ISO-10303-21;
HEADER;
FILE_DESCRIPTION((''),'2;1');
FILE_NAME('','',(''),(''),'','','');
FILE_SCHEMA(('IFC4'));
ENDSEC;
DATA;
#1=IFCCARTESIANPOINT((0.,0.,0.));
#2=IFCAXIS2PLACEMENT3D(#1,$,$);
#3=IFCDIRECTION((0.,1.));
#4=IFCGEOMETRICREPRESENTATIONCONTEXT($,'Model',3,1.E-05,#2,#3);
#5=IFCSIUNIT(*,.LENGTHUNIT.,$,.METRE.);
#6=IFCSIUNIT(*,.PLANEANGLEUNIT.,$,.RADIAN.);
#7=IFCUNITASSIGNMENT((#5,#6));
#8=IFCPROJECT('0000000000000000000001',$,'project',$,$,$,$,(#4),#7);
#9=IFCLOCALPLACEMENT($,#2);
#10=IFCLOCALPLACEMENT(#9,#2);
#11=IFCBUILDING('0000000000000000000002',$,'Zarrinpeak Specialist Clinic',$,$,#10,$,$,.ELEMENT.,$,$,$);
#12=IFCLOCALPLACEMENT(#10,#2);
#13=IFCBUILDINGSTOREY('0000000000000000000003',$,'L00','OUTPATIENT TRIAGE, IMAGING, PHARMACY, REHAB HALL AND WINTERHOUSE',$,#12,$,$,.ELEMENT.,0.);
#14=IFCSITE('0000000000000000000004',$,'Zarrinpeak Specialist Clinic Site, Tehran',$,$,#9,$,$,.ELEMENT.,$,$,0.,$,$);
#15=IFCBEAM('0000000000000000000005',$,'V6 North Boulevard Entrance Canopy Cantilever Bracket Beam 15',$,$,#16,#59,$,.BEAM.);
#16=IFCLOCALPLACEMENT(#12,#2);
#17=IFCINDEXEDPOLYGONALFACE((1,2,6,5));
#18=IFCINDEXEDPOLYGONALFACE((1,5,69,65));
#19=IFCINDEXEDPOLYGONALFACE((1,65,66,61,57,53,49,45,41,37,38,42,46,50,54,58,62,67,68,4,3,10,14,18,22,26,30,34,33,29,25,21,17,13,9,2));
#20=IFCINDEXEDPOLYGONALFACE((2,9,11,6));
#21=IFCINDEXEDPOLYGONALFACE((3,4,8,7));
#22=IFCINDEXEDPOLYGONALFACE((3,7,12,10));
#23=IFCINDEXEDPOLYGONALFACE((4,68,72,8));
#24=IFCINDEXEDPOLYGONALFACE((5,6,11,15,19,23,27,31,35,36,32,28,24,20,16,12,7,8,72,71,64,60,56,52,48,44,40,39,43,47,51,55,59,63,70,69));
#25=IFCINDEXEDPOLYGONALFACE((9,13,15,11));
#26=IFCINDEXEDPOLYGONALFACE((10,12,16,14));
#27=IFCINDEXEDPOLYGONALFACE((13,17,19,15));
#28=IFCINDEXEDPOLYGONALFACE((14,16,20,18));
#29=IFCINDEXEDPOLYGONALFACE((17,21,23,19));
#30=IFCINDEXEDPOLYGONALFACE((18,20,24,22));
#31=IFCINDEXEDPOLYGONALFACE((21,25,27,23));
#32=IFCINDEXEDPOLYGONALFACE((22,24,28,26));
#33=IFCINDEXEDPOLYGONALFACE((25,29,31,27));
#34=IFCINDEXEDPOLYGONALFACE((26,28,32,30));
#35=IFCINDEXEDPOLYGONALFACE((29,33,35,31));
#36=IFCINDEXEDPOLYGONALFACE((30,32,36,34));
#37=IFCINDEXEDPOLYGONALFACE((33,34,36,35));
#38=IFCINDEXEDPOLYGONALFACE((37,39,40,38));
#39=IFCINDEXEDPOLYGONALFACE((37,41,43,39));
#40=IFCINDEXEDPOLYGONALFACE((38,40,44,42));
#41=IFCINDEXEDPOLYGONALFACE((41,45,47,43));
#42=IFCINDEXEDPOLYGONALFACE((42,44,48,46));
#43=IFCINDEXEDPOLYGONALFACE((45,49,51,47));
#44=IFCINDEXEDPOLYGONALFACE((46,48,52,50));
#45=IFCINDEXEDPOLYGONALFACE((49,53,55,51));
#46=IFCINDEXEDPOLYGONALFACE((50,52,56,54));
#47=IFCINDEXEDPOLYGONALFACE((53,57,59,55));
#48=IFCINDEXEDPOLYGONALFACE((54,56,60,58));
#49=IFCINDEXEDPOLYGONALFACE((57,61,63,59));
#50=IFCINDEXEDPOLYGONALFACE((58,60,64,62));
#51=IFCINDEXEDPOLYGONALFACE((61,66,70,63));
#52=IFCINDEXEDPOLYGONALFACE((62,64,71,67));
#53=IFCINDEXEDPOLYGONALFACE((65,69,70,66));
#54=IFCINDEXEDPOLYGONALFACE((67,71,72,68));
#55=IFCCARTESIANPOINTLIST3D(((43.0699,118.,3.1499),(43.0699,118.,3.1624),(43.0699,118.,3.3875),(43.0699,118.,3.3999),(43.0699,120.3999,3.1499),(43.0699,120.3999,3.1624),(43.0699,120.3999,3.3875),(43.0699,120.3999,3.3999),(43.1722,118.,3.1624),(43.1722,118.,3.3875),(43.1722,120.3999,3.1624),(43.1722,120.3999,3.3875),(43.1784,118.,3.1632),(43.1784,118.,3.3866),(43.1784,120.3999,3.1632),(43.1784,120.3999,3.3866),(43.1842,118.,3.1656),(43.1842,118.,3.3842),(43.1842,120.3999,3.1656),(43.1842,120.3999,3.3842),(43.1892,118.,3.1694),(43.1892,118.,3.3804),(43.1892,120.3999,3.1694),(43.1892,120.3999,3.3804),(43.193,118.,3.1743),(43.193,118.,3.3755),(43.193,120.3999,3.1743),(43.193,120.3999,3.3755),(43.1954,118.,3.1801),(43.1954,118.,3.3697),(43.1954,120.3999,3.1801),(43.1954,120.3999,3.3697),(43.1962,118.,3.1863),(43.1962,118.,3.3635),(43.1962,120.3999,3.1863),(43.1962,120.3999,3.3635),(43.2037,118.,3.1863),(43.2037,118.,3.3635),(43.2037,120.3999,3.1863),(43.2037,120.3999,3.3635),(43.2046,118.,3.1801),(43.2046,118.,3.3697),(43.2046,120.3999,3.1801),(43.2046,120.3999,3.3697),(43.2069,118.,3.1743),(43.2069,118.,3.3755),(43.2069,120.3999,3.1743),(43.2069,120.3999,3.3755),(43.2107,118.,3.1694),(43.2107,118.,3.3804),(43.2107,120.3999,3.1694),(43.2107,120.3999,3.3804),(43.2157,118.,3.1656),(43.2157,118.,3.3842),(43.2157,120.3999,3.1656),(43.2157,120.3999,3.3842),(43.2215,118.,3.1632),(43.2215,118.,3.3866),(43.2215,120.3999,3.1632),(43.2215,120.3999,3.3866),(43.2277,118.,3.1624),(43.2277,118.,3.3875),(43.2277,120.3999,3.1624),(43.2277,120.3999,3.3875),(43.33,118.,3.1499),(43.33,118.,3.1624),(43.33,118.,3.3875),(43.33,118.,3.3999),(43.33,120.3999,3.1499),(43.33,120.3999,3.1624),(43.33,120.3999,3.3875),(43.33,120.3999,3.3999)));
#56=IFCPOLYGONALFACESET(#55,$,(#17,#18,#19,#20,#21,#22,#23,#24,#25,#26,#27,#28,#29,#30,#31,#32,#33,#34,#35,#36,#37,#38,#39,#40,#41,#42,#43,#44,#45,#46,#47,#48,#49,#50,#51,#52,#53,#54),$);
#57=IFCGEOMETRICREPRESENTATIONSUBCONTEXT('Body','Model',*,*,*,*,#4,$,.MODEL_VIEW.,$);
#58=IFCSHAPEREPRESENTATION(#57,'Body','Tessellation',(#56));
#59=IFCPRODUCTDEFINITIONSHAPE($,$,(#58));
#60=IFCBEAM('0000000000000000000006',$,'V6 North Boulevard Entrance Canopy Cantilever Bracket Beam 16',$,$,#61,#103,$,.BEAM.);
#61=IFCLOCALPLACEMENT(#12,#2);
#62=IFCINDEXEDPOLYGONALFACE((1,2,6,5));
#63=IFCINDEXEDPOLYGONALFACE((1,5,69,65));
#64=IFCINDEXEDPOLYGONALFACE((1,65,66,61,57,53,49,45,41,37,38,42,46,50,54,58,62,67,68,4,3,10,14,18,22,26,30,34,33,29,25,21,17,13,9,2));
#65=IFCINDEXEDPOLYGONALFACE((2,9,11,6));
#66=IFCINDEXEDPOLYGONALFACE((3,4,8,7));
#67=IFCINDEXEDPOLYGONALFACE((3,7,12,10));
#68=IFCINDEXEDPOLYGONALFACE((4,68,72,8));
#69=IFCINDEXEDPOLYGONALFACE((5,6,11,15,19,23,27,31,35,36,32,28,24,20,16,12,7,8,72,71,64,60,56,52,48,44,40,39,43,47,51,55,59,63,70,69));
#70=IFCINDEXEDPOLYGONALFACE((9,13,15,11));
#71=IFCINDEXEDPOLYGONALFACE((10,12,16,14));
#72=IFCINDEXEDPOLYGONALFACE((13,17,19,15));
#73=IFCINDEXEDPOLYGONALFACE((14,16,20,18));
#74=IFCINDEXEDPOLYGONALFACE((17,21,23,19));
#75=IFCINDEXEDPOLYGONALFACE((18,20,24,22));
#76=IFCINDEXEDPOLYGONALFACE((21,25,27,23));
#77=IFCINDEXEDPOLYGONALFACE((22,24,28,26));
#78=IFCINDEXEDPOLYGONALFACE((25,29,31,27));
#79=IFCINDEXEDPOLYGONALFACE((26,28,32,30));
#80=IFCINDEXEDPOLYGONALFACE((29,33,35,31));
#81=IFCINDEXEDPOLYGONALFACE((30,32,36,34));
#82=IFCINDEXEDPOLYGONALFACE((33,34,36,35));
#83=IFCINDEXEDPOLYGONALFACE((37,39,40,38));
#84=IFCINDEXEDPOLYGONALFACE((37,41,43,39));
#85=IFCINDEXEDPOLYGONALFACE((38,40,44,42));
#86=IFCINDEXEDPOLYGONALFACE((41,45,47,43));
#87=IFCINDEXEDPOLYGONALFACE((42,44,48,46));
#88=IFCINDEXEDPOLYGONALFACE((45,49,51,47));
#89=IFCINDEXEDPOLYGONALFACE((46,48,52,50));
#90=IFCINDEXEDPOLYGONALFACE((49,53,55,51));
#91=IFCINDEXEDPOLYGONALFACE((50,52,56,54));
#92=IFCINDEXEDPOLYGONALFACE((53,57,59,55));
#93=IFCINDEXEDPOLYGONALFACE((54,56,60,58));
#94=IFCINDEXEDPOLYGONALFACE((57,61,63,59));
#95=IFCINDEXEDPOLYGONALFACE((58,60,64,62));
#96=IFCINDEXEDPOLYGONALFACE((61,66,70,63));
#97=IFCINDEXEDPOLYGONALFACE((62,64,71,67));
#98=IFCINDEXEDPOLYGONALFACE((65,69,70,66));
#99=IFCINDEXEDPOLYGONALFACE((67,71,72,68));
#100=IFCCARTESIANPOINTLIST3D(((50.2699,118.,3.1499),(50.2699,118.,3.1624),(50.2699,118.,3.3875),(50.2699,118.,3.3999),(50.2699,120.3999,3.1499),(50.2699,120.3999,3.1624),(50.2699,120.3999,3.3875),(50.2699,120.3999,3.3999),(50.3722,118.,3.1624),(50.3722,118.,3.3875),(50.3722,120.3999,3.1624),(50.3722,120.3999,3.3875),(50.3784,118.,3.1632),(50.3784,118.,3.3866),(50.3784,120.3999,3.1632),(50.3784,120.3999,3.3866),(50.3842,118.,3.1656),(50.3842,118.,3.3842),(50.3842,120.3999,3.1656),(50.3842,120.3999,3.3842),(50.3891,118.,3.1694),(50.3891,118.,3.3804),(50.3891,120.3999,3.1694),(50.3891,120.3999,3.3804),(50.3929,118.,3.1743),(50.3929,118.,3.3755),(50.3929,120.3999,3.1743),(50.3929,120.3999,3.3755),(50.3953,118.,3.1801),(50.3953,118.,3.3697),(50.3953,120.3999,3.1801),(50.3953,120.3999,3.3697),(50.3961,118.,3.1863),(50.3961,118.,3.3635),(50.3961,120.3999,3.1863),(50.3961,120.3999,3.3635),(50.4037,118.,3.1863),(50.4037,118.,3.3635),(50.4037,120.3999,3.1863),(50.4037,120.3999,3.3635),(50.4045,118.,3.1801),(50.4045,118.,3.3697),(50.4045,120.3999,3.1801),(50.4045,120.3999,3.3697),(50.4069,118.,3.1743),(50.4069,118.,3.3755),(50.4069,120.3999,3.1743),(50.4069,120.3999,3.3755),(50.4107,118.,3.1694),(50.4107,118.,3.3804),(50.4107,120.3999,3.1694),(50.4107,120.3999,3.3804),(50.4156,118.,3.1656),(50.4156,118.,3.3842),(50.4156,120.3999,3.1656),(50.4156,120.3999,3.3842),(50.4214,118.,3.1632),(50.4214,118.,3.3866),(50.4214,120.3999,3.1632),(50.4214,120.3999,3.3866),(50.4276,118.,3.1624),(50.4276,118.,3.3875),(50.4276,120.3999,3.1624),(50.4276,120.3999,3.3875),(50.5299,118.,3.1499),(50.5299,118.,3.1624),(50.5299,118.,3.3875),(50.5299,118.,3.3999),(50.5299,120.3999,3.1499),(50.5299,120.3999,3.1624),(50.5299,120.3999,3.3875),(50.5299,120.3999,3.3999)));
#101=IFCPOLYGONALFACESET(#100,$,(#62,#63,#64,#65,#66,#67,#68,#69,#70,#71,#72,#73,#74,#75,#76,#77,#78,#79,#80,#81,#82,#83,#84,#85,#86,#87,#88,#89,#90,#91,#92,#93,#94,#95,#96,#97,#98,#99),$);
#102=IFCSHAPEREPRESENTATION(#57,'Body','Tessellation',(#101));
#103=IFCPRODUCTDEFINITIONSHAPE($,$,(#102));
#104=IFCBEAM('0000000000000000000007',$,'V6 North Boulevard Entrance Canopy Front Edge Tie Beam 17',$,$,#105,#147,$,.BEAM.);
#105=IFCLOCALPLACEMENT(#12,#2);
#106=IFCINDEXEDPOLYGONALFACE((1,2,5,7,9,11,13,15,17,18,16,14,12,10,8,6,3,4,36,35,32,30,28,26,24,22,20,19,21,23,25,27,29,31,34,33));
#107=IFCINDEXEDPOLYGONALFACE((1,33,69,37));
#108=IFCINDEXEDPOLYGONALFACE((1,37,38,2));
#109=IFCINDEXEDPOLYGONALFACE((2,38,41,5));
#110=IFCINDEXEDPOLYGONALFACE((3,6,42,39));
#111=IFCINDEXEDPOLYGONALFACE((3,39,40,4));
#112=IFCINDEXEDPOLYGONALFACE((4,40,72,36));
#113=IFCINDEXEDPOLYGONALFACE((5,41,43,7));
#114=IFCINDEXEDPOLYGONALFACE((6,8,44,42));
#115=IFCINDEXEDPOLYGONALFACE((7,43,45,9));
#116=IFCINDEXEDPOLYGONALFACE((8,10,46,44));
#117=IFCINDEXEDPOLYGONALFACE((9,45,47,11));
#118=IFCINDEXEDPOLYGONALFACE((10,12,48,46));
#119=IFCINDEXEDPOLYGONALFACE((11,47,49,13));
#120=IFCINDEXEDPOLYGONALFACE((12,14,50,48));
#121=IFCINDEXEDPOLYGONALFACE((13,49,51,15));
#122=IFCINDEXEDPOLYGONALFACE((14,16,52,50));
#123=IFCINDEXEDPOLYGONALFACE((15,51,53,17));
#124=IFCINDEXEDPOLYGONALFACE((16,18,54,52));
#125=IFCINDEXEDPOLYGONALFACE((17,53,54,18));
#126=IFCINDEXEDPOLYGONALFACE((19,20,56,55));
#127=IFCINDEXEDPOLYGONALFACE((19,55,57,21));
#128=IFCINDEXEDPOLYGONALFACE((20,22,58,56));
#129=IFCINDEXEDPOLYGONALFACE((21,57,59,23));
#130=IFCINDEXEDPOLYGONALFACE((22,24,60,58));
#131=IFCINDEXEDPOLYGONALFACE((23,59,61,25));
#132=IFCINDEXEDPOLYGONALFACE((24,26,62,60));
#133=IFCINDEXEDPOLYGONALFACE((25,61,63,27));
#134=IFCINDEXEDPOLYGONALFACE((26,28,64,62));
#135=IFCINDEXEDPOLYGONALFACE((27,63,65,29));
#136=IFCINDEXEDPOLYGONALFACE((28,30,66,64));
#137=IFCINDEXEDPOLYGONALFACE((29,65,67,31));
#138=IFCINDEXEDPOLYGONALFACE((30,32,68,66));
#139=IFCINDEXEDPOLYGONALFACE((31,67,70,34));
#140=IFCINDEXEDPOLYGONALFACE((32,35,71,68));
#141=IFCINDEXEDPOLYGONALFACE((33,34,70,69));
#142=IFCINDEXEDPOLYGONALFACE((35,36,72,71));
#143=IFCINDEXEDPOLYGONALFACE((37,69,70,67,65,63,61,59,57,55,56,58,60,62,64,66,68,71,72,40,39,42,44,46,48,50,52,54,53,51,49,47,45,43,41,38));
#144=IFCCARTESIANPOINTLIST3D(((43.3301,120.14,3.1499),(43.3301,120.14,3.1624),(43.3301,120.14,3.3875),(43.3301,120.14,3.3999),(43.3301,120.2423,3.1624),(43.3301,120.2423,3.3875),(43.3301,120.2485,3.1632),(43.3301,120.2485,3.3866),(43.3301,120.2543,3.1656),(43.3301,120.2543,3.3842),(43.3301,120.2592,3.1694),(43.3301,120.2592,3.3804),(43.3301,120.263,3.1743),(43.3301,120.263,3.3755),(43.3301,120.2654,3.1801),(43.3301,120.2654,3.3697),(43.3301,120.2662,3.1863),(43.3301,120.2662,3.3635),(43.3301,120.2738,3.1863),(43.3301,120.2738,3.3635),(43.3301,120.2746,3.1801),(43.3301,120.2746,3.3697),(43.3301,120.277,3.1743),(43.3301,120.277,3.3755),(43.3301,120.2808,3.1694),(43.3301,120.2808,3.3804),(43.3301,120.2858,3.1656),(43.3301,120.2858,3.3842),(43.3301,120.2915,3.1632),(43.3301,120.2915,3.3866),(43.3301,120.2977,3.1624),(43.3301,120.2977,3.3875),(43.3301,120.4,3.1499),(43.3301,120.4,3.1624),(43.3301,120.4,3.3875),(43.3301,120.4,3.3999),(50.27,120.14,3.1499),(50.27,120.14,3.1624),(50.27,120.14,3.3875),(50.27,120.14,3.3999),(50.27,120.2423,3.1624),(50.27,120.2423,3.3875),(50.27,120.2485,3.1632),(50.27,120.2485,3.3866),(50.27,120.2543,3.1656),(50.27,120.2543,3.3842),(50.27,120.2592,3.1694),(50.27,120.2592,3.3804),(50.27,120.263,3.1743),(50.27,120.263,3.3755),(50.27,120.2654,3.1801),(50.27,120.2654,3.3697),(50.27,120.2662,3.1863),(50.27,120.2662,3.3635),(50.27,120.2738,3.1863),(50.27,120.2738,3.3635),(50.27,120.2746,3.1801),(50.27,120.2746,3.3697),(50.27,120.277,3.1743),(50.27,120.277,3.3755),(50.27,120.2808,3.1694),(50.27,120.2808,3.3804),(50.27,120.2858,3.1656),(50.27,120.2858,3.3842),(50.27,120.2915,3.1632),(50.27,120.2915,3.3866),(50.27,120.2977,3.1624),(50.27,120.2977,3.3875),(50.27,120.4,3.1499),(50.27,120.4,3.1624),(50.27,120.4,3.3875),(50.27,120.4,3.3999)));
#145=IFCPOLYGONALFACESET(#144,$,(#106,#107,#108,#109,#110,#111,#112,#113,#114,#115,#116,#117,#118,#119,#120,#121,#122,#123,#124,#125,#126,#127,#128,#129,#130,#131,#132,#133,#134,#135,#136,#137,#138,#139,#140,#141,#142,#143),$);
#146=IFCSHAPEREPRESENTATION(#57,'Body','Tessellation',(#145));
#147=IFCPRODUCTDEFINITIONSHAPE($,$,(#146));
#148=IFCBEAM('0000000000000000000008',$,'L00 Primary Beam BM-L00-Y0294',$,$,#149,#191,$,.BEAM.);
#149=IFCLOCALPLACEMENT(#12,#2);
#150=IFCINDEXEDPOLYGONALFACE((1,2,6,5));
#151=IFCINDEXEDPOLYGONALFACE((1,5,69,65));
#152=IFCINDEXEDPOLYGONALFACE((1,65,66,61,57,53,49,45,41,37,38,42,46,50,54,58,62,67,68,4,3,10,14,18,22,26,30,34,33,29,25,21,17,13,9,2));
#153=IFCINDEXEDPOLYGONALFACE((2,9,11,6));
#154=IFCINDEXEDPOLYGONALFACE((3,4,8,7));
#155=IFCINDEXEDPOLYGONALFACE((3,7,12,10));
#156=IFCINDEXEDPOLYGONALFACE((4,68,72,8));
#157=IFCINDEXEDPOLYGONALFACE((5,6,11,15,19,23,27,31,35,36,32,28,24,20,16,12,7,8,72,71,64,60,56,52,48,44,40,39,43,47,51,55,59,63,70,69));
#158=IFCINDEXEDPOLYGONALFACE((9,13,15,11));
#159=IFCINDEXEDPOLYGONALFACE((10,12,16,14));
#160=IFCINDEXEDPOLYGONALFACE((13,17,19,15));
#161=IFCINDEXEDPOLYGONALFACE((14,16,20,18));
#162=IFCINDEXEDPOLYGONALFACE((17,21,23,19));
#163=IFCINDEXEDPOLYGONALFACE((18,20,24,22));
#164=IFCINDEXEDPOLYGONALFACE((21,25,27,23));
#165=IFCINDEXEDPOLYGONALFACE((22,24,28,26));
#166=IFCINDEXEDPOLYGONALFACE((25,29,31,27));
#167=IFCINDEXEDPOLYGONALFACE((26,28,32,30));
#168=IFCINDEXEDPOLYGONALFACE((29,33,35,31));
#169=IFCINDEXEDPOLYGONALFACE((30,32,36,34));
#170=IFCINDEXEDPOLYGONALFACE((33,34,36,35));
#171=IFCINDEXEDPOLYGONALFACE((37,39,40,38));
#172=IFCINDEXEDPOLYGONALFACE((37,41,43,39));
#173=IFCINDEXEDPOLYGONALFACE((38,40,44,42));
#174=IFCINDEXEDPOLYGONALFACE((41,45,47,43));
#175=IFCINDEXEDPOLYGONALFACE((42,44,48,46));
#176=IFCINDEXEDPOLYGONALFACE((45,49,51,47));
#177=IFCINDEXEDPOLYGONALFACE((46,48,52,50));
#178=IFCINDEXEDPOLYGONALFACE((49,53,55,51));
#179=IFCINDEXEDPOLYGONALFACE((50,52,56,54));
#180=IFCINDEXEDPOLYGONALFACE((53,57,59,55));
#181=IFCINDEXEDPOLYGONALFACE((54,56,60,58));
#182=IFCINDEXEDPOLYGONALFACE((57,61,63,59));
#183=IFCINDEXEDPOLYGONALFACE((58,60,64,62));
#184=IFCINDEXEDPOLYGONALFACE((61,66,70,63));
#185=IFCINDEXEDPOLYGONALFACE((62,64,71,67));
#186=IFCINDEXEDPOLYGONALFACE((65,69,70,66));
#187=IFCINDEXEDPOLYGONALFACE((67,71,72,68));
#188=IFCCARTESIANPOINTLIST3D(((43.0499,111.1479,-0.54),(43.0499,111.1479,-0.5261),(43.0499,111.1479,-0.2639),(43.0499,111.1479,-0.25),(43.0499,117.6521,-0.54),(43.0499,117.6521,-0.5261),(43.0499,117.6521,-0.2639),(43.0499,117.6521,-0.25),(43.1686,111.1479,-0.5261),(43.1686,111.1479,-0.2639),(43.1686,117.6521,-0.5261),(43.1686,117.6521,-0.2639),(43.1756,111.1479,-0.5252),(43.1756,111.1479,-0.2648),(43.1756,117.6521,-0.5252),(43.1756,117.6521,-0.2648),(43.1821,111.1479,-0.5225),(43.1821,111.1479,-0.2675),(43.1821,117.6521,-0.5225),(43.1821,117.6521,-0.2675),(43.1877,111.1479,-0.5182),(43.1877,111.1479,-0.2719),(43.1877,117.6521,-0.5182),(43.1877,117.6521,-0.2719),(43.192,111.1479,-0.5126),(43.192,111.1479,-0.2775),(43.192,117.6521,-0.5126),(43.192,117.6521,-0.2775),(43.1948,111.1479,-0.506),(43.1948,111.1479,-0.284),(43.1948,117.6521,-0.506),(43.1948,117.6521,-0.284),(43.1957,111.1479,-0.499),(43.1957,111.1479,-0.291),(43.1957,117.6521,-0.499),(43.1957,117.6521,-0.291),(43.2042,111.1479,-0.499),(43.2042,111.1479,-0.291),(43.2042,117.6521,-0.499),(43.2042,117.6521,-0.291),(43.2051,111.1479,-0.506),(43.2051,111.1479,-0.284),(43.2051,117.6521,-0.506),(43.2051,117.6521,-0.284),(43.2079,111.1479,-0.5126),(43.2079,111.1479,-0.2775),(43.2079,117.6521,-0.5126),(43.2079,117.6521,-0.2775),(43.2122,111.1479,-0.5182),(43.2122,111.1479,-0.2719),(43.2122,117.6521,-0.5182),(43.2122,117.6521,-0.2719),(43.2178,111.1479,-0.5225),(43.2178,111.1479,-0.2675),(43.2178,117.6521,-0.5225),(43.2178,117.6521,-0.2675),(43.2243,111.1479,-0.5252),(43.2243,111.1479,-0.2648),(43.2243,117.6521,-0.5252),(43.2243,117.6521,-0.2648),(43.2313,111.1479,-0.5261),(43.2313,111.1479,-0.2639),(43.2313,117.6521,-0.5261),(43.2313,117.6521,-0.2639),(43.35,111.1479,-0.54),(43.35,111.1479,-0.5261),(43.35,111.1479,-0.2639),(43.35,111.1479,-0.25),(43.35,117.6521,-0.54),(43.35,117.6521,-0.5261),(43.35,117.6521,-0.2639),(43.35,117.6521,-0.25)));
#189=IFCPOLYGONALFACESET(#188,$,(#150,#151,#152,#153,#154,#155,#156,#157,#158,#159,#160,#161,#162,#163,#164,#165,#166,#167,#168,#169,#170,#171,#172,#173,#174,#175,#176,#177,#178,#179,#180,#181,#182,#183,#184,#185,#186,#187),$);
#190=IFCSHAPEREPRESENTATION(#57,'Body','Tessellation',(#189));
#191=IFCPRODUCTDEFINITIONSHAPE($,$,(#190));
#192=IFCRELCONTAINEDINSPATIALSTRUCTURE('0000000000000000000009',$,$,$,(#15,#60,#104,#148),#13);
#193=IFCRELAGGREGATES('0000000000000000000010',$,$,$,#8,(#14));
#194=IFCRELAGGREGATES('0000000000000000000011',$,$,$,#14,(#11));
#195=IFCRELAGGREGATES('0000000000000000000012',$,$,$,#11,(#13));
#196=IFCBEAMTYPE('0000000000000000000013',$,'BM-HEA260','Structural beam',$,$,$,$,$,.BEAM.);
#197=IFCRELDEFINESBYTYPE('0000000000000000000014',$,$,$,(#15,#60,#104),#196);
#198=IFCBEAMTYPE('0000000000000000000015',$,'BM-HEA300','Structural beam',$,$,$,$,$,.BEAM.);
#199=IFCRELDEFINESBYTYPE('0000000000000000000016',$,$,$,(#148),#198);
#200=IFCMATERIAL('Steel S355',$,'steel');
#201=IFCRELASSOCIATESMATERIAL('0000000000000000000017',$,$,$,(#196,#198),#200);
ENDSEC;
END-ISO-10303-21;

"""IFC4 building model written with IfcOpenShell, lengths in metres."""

from ifc_helpers import new_model, si_unit, direction, frame, origin, origin_2d, place, context, subcontext, project, spatial, i_section, extrude, material, material_profile, profile_set, type_object, element, save


model = new_model("IFC4")

# Units and contexts
model_context = context("Model", 3, precision=1e-05, world=origin(), true_north=direction((0.0, 1.0)))
body_context = subcontext(model_context, "Body", "Model", "MODEL_VIEW")
ifc_project = project(units=[si_unit("LENGTHUNIT", "METRE"), si_unit("PLANEANGLEUNIT", "RADIAN")], contexts=[model_context])

# Site, building, storey
site_placement = place(None, origin())
site = spatial("IfcSite", under=ifc_project, at=site_placement, Name="Zarrinpeak Specialist Clinic Site, Tehran", CompositionType="ELEMENT", RefElevation=0.0)
building_placement = place(site_placement, origin())
building = spatial("IfcBuilding", under=site, at=building_placement, Name="Zarrinpeak Specialist Clinic", CompositionType="ELEMENT")
storey_placement = place(building_placement, origin())
storey = spatial("IfcBuildingStorey", under=building, at=storey_placement, Name="L00", Description="OUTPATIENT TRIAGE, IMAGING, PHARMACY, REHAB HALL AND WINTERHOUSE", CompositionType="ELEMENT", Elevation=0.0)

# Shared definitions
ifc_material_1 = material(Name="Steel S355", Category="steel")

# Beams
ifc_material_profile_1 = material_profile(ifc_material_1, i_section(OverallWidth=0.26, OverallDepth=0.25, WebThickness=0.0076, FlangeThickness=0.0125, FilletRadius=0.0239, at=origin_2d()), Name="HEA 260")
ifc_profile_set_1 = profile_set([ifc_material_profile_1], Name="Steel S355")
beam_type_1 = type_object("IfcBeamType", Name="BM-HEA260", Description="Structural beam", PredefinedType="BEAM", material=ifc_profile_set_1)
for number, where, z_axis, x_axis, name in (
    (1, (43.2, 118.0, 3.2749), (0.0, 1.0, 0.0), (-1.0, 0.0, 0.0), "V6 North Boulevard Entrance Canopy Cantilever Bracket Beam 15"),
    (2, (50.3999, 118.0, 3.2749), (0.0, 1.0, 0.0), (-1.0, 0.0, 0.0), "V6 North Boulevard Entrance Canopy Cantilever Bracket Beam 16"),
):
    element("IfcBeam", number, at=place(storey_placement, frame(where, z_axis=z_axis, x_axis=x_axis)), inside=storey, type_object=beam_type_1, Name=name, PredefinedType="BEAM", context=body_context, shape_type="SweptSolid", body=[
        extrude(i_section(OverallWidth=0.26, OverallDepth=0.25, WebThickness=0.0076, FlangeThickness=0.0125, FilletRadius=0.0239, at=origin_2d()), origin(), (0.0, 0.0, 1.0), 2.3999),
    ])
beam_1_placement = place(storey_placement, frame((43.3301, 120.27, 3.2749), z_axis=(1.0, 0.0, 0.0), x_axis=(0.0, 1.0, 0.0)))
element("IfcBeam", 3, at=beam_1_placement, inside=storey, type_object=beam_type_1, Name="V6 North Boulevard Entrance Canopy Front Edge Tie Beam 17", PredefinedType="BEAM", context=body_context, shape_type="SweptSolid", body=[
    extrude(i_section(OverallWidth=0.26, OverallDepth=0.25, WebThickness=0.0076, FlangeThickness=0.0125, FilletRadius=0.0239, at=origin_2d()), origin(), (0.0, 0.0, 1.0), 6.9399),
])
ifc_material_profile_2 = material_profile(ifc_material_1, i_section(OverallWidth=0.3, OverallDepth=0.29, WebThickness=0.0085, FlangeThickness=0.0139, FilletRadius=0.0271, at=origin_2d()), Name="HEA 300")
ifc_profile_set_2 = profile_set([ifc_material_profile_2], Name="Steel S355")
beam_type_2 = type_object("IfcBeamType", Name="BM-HEA300", Description="Structural beam", PredefinedType="BEAM", material=ifc_profile_set_2)
for number, where, z_axis, x_axis, name in (
    (4, (43.2, 111.1479, -0.395), (0.0, 1.0, 0.0), (-1.0, 0.0, 0.0), "L00 Primary Beam BM-L00-Y0294"),
):
    element("IfcBeam", number, at=place(storey_placement, frame(where, z_axis=z_axis, x_axis=x_axis)), inside=storey, type_object=beam_type_2, Name=name, PredefinedType="BEAM", context=body_context, shape_type="SweptSolid", body=[
        extrude(i_section(OverallWidth=0.3, OverallDepth=0.29, WebThickness=0.0085, FlangeThickness=0.0139, FilletRadius=0.0271, at=origin_2d()), origin(), (0.0, 0.0, 1.0), 6.5042),
    ])

save(model, "model.ifc")
